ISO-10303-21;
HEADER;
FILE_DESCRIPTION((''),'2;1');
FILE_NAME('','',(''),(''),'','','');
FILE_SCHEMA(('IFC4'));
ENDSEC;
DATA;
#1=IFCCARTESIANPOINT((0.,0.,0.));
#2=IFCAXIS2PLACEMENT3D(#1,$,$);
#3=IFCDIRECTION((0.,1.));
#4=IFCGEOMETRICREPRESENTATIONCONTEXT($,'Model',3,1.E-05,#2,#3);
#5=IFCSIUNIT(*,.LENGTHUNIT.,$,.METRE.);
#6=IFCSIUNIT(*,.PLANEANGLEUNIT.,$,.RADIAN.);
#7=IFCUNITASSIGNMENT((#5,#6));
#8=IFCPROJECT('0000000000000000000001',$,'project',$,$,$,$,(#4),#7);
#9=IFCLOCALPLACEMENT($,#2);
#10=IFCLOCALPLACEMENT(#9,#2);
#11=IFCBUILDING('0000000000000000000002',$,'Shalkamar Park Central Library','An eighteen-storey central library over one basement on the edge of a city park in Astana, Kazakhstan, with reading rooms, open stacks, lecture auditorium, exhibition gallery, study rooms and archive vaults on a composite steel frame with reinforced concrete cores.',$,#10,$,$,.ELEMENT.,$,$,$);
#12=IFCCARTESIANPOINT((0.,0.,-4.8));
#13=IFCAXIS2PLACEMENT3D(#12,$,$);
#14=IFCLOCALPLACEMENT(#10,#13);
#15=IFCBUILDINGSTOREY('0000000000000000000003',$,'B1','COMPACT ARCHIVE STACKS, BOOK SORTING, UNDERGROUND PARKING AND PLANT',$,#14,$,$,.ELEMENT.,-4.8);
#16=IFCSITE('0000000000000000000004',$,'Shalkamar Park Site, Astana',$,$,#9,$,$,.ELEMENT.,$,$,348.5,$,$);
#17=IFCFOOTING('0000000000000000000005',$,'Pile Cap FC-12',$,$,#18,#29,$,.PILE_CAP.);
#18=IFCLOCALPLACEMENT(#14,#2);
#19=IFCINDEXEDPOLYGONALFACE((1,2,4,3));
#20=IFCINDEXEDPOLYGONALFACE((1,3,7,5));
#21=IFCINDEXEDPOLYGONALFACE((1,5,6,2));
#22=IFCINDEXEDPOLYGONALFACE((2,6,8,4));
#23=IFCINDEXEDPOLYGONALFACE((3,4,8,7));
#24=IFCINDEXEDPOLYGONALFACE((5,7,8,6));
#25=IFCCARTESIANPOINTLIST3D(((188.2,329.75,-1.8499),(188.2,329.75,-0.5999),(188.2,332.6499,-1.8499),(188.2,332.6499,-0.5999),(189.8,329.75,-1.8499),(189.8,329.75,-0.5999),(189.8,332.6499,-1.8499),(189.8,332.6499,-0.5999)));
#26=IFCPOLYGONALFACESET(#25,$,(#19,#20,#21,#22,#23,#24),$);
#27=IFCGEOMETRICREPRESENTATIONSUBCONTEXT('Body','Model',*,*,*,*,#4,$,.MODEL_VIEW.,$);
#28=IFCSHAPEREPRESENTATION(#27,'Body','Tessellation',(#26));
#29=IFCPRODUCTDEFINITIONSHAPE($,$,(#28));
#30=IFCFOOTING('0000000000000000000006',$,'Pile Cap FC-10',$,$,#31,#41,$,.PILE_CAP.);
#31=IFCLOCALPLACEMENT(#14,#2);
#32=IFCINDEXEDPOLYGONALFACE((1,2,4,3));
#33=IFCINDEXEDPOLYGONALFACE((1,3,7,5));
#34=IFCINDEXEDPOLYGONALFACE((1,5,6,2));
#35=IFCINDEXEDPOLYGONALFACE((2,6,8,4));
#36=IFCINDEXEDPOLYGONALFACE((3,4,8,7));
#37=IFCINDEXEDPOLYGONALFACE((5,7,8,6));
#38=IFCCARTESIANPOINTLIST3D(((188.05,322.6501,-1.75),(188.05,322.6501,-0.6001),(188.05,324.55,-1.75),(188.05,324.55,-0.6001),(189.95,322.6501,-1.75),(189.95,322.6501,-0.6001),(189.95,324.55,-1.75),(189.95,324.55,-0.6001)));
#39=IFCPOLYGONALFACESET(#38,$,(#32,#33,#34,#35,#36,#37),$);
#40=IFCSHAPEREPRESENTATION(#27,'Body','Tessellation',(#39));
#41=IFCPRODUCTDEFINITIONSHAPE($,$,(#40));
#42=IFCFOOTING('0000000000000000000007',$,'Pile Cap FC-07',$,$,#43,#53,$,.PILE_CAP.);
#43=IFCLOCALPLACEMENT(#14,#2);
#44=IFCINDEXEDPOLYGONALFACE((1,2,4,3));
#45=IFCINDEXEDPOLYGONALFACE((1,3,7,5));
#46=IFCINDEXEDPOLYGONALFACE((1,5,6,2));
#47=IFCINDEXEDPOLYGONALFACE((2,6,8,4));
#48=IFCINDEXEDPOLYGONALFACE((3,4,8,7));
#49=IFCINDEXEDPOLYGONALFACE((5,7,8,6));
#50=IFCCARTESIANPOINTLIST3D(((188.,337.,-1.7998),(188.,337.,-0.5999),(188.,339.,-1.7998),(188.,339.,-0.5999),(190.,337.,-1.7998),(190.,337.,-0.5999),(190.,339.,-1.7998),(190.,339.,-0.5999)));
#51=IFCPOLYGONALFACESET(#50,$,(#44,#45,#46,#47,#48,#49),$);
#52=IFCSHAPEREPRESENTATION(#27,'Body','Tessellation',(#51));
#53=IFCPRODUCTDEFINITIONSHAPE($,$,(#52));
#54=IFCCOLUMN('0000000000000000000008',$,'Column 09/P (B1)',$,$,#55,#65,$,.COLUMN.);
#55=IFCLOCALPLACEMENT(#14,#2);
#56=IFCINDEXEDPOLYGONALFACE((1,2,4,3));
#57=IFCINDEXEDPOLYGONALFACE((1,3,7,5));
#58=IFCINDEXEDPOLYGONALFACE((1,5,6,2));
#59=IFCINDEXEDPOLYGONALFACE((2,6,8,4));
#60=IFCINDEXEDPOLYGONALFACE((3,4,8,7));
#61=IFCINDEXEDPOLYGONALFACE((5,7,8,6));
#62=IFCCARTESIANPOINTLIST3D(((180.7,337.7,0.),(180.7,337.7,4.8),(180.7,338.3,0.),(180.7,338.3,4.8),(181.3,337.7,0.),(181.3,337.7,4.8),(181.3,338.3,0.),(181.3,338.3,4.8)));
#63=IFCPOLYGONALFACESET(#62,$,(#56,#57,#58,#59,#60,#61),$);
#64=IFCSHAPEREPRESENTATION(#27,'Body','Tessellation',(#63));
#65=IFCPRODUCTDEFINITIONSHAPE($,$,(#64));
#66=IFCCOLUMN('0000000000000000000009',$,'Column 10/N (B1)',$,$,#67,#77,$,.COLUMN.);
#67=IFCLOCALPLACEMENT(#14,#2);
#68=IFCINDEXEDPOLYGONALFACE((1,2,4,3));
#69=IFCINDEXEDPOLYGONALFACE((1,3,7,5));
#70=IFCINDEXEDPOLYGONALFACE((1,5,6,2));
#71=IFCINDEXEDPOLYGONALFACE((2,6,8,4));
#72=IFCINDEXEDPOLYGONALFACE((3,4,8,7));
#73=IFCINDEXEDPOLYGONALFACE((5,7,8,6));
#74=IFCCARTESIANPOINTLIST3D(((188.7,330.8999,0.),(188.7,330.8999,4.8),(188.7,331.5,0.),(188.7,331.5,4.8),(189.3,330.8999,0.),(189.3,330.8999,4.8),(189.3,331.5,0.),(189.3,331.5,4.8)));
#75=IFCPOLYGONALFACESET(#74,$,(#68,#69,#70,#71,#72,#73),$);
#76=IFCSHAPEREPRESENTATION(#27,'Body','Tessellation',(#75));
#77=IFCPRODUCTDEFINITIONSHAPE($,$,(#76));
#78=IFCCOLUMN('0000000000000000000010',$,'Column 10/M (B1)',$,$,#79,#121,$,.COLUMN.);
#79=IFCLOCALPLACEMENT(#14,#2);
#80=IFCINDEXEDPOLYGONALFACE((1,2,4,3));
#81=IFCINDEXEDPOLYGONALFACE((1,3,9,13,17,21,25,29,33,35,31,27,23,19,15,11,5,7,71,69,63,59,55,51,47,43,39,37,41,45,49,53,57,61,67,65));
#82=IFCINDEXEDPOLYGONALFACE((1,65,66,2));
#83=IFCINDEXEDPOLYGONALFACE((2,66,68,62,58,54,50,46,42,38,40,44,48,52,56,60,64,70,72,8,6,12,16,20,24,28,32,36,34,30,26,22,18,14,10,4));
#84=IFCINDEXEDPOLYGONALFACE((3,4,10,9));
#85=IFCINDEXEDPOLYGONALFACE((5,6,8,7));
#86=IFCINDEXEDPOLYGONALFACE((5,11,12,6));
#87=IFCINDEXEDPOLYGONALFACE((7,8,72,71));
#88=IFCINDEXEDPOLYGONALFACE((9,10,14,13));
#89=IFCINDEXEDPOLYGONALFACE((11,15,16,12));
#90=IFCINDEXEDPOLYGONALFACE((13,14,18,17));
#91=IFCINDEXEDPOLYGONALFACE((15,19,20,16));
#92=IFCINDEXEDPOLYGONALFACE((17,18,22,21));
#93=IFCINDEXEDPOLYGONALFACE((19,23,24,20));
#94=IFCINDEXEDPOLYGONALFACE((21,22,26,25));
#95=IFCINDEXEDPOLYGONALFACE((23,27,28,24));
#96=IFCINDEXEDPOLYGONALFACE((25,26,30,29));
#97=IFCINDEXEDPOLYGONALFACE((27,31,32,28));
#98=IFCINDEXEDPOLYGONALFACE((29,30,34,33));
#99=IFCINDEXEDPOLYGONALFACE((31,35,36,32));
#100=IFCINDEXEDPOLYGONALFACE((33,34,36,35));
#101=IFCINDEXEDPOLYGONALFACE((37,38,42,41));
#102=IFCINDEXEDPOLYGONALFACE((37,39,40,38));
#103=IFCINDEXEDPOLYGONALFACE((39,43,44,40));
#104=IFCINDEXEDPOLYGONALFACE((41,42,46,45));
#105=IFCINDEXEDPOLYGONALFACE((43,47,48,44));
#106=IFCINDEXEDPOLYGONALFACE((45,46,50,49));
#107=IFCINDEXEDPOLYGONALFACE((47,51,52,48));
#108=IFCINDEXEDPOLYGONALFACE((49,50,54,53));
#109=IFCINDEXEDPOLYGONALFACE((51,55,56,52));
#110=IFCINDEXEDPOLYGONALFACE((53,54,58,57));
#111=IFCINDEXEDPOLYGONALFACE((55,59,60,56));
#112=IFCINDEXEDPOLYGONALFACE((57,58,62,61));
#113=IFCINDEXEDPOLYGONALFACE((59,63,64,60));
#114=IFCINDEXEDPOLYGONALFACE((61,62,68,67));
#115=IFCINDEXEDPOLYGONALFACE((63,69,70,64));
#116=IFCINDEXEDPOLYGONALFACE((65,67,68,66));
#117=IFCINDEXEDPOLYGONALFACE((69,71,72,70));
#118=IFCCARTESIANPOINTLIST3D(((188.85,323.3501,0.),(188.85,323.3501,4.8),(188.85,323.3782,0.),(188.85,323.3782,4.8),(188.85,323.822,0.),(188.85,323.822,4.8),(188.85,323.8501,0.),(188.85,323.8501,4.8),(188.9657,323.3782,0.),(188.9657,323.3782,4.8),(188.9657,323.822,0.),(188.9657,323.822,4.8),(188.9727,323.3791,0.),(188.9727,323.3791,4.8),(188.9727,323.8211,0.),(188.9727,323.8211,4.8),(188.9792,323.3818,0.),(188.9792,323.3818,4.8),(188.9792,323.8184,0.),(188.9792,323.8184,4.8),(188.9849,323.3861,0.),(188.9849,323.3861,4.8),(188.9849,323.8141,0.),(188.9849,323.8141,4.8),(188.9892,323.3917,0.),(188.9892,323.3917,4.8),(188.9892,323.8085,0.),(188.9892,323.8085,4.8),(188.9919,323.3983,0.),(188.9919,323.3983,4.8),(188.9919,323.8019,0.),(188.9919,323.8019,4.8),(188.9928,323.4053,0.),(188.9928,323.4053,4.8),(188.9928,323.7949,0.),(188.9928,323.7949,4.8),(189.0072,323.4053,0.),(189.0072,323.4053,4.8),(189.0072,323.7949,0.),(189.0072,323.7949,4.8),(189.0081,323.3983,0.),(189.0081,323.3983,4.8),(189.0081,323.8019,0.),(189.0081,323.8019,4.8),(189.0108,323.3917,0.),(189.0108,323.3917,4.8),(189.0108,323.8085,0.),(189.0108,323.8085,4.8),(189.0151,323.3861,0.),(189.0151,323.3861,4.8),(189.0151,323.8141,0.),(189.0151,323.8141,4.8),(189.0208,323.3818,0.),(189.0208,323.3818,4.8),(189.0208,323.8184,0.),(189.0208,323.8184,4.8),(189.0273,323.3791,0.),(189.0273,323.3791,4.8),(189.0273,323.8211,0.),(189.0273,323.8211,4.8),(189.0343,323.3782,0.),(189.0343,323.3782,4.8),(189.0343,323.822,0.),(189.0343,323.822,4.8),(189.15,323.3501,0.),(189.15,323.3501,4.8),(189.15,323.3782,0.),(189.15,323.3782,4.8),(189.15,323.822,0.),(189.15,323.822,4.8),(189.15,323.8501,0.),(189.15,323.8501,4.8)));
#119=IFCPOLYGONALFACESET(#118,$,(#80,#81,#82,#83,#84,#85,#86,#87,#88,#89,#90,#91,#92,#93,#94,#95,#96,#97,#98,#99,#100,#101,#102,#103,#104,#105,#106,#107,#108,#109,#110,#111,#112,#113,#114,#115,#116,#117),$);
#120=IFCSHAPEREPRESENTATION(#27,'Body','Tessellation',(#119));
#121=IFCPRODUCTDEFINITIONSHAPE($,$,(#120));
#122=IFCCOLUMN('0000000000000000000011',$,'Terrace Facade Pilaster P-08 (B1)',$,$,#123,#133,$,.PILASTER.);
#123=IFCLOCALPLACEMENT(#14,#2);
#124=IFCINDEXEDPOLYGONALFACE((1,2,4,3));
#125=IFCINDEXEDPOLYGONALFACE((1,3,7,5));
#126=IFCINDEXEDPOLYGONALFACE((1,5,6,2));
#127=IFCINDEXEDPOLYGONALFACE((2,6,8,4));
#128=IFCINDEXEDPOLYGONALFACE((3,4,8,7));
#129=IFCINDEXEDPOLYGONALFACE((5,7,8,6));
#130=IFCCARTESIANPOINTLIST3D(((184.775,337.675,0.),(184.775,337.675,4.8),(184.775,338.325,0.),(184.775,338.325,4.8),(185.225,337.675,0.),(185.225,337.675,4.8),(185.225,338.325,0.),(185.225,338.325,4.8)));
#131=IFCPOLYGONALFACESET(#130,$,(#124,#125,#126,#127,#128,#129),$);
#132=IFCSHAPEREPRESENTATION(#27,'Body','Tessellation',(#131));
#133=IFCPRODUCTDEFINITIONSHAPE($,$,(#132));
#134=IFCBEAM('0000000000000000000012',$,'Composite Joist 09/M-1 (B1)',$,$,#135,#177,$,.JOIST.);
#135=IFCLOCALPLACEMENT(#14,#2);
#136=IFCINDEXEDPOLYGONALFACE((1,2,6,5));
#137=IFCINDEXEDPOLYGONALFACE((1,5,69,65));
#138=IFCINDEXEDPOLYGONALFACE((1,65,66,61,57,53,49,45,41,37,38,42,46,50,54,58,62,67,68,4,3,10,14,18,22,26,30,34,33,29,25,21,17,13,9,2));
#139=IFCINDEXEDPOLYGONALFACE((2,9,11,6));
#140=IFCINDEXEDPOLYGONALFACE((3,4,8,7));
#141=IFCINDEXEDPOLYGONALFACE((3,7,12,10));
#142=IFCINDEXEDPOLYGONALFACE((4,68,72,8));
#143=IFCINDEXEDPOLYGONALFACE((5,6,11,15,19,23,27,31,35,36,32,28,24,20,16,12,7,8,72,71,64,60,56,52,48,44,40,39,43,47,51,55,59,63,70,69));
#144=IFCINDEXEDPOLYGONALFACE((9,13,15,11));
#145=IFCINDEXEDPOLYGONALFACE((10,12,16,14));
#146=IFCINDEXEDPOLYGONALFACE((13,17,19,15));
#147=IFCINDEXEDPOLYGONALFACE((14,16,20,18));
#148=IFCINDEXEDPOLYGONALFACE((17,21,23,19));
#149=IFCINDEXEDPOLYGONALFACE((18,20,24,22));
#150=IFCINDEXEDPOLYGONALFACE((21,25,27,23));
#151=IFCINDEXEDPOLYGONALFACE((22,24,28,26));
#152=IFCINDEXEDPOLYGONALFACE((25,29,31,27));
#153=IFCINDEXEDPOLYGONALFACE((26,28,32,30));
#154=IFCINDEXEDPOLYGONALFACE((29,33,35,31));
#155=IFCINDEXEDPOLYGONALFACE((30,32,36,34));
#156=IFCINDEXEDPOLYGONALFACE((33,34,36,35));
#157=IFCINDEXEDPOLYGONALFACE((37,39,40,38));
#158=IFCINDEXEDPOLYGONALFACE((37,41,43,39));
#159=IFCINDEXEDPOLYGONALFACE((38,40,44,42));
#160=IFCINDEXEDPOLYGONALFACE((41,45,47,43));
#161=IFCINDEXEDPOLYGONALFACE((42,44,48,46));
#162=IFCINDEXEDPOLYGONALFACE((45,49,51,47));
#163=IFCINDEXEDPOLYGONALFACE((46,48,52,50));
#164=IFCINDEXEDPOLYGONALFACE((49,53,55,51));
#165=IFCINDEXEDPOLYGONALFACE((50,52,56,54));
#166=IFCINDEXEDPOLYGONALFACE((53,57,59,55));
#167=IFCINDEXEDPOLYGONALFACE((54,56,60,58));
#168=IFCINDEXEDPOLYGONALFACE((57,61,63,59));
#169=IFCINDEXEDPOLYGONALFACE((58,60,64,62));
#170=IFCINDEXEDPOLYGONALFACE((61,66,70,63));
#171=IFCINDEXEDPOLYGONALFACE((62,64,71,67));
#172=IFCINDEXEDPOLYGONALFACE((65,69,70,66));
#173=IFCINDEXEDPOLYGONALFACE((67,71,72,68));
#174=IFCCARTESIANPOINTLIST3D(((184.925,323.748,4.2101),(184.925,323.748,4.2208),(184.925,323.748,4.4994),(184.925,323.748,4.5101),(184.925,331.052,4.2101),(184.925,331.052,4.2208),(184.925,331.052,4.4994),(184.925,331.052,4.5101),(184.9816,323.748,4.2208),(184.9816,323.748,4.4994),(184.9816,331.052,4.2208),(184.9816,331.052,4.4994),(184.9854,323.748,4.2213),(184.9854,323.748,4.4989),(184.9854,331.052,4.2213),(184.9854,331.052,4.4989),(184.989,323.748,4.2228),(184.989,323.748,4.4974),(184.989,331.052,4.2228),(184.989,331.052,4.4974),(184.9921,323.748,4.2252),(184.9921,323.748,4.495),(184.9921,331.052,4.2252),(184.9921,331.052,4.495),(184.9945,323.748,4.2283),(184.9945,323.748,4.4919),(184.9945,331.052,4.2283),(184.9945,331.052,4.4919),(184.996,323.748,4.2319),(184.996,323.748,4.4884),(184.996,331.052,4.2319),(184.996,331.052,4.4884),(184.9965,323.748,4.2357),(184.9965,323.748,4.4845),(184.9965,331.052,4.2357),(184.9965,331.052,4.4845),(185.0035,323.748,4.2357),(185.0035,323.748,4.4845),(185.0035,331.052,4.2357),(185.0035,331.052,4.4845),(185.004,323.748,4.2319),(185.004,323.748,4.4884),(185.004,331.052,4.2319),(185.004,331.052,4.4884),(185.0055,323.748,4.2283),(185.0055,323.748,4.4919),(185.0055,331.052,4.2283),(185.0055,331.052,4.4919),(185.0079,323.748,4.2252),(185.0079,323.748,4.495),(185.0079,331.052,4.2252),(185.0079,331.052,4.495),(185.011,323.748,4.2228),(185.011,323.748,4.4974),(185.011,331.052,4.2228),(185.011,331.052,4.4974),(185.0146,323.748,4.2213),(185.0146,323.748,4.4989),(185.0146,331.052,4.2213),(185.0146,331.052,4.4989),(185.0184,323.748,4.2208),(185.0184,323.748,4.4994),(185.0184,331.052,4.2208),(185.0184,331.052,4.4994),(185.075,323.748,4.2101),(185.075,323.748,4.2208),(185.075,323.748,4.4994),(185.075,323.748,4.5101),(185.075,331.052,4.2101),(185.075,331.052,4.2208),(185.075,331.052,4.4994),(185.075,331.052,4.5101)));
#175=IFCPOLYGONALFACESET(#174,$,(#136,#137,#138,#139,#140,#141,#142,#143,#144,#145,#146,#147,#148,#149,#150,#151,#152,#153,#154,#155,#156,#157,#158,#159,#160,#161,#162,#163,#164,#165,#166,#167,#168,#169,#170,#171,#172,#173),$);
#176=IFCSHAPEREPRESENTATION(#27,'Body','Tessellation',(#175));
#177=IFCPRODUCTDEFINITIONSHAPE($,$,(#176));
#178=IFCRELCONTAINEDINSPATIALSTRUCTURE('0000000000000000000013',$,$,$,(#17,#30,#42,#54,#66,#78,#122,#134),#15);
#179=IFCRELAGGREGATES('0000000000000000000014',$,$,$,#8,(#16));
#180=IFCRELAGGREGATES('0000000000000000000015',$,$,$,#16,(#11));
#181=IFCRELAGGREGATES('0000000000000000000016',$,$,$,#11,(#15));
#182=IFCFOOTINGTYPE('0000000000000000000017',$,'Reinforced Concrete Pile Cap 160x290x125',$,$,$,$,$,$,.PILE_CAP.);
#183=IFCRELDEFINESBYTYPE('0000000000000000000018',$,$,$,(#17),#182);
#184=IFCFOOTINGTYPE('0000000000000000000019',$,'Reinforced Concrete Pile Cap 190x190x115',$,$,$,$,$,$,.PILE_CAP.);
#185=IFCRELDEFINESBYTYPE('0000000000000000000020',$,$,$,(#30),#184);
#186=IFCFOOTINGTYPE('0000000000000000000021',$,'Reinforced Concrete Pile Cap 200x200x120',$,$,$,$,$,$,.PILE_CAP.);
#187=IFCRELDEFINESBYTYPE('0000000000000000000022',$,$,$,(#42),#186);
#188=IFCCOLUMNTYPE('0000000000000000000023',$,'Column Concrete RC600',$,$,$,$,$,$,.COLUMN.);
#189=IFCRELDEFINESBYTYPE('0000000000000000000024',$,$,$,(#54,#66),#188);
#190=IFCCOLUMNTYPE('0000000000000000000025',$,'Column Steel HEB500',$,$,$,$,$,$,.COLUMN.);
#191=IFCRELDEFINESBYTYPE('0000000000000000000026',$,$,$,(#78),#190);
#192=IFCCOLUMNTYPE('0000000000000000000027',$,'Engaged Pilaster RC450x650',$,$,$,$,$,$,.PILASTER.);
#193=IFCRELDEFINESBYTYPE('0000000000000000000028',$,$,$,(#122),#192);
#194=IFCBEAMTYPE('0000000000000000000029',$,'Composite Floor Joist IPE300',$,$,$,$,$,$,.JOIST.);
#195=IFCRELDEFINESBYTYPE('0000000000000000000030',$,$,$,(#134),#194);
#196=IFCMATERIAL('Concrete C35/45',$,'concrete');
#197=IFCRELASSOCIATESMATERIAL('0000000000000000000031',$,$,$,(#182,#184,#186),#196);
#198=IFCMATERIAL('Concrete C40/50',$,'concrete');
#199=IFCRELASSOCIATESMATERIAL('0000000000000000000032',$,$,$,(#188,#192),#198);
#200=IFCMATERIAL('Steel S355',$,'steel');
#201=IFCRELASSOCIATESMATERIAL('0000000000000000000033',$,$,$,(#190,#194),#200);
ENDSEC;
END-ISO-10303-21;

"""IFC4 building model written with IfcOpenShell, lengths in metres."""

from ifc_helpers import new_model, si_unit, direction, frame, origin, origin_2d, place, context, subcontext, project, spatial, rectangle, i_section, extrude, material, material_profile, profile_set, type_object, element, save


model = new_model("IFC4")

# Units and contexts
model_context = context("Model", 3, precision=1e-05, world=origin(), true_north=direction((0.0, 1.0)))
body_context = subcontext(model_context, "Body", "Model", "MODEL_VIEW")
ifc_project = project(units=[si_unit("LENGTHUNIT", "METRE"), si_unit("PLANEANGLEUNIT", "RADIAN")], contexts=[model_context])

# Site, building, storey
site_placement = place(None, origin())
site = spatial("IfcSite", under=ifc_project, at=site_placement, Name="Shalkamar Park Site, Astana", CompositionType="ELEMENT", RefElevation=348.5)
building_placement = place(site_placement, origin())
building = spatial("IfcBuilding", under=site, at=building_placement, Name="Shalkamar Park Central Library", Description="An eighteen-storey central library over one basement on the edge of a city park in Astana, Kazakhstan, with reading rooms, open stacks, lecture auditorium, exhibition gallery, study rooms and archive vaults on a composite steel frame with reinforced concrete cores.", CompositionType="ELEMENT")
storey_placement = place(building_placement, frame((0.0, 0.0, -4.8)))
storey = spatial("IfcBuildingStorey", under=building, at=storey_placement, Name="B1", Description="COMPACT ARCHIVE STACKS, BOOK SORTING, UNDERGROUND PARKING AND PLANT", CompositionType="ELEMENT", Elevation=-4.8)

# Shared definitions
ifc_material_1 = material(Name="Concrete C35/45", Category="concrete")

# Footings
footing_type_1 = type_object("IfcFootingType", Name="Reinforced Concrete Pile Cap 160x290x125", PredefinedType="PILE_CAP", material=ifc_material_1)
for number, where, z_axis, x_axis, name in (
    (1, (189.0, 331.2, -1.8499), (0.0, 0.0, 1.0), (1.0, 0.0, 0.0), "Pile Cap FC-12"),
):
    element("IfcFooting", number, at=place(storey_placement, frame(where, z_axis=z_axis, x_axis=x_axis)), inside=storey, type_object=footing_type_1, Name=name, PredefinedType="PILE_CAP", context=body_context, shape_type="SweptSolid", body=[
        extrude(rectangle(XDim=1.6001, YDim=2.8999, at=origin_2d()), origin(), (0.0, 0.0, 1.0), 1.25),
    ])
footing_type_2 = type_object("IfcFootingType", Name="Reinforced Concrete Pile Cap 190x190x115", PredefinedType="PILE_CAP", material=ifc_material_1)
footing_1_placement = place(storey_placement, frame((189.0, 323.6001, -1.75), z_axis=(0.0, 0.0, 1.0), x_axis=(1.0, 0.0, 0.0)))
element("IfcFooting", 2, at=footing_1_placement, inside=storey, type_object=footing_type_2, Name="Pile Cap FC-10", PredefinedType="PILE_CAP", context=body_context, shape_type="SweptSolid", body=[
    extrude(rectangle(XDim=1.8999, YDim=1.8999, at=origin_2d()), origin(), (0.0, 0.0, 1.0), 1.1499),
])
footing_type_3 = type_object("IfcFootingType", Name="Reinforced Concrete Pile Cap 200x200x120", PredefinedType="PILE_CAP", material=ifc_material_1)
footing_2_placement = place(storey_placement, frame((189.0, 338.0, -1.7998), z_axis=(0.0, 0.0, 1.0), x_axis=(1.0, 0.0, 0.0)))
element("IfcFooting", 3, at=footing_2_placement, inside=storey, type_object=footing_type_3, Name="Pile Cap FC-07", PredefinedType="PILE_CAP", context=body_context, shape_type="SweptSolid", body=[
    extrude(rectangle(XDim=2.0, YDim=2.0, at=origin_2d()), origin(), (0.0, 0.0, 1.0), 1.2),
])

# Columns
ifc_material_2 = material(Name="Concrete C40/50", Category="concrete")
ifc_material_profile_1 = material_profile(ifc_material_2, rectangle(XDim=0.6001, YDim=0.6001, at=origin_2d()), Name="RC 600x600")
ifc_profile_set_1 = profile_set([ifc_material_profile_1], Name="Concrete C40/50")
column_type_1 = type_object("IfcColumnType", Name="Column Concrete RC600", PredefinedType="COLUMN", material=ifc_profile_set_1)
for number, where, z_axis, x_axis, name in (
    (4, (181.0, 338.0, 0.0), (0.0, 0.0, 1.0), (1.0, 0.0, 0.0), "Column 09/P (B1)"),
    (5, (189.0, 331.2, 0.0), (0.0, 0.0, 1.0), (1.0, 0.0, 0.0), "Column 10/N (B1)"),
):
    element("IfcColumn", number, at=place(storey_placement, frame(where, z_axis=z_axis, x_axis=x_axis)), inside=storey, type_object=column_type_1, Name=name, PredefinedType="COLUMN", context=body_context, shape_type="SweptSolid", body=[
        extrude(rectangle(XDim=0.6001, YDim=0.6001, at=origin_2d()), origin(), (0.0, 0.0, 1.0), 4.8),
    ])
ifc_material_3 = material(Name="Steel S355", Category="steel")
ifc_material_profile_2 = material_profile(ifc_material_3, i_section(OverallWidth=0.3, OverallDepth=0.5, WebThickness=0.0144, FlangeThickness=0.0281, FilletRadius=0.0271, at=origin_2d()), Name="HEB 500")
ifc_profile_set_2 = profile_set([ifc_material_profile_2], Name="Steel S355")
column_type_2 = type_object("IfcColumnType", Name="Column Steel HEB500", PredefinedType="COLUMN", material=ifc_profile_set_2)
column_1_placement = place(storey_placement, frame((189.0, 323.6001, 0.0), z_axis=(0.0, 0.0, 1.0), x_axis=(1.0, 0.0, 0.0)))
element("IfcColumn", 6, at=column_1_placement, inside=storey, type_object=column_type_2, Name="Column 10/M (B1)", PredefinedType="COLUMN", context=body_context, shape_type="SweptSolid", body=[
    extrude(i_section(OverallWidth=0.3, OverallDepth=0.5, WebThickness=0.0144, FlangeThickness=0.0281, FilletRadius=0.0271, at=origin_2d()), origin(), (0.0, 0.0, 1.0), 4.8),
])
ifc_material_profile_3 = material_profile(ifc_material_2, rectangle(XDim=0.45, YDim=0.6499, at=origin_2d()), Name="RC 450x650")
ifc_profile_set_3 = profile_set([ifc_material_profile_3], Name="Concrete C40/50")
column_type_3 = type_object("IfcColumnType", Name="Engaged Pilaster RC450x650", PredefinedType="PILASTER", material=ifc_profile_set_3)
column_2_placement = place(storey_placement, frame((185.0, 338.0, 0.0), z_axis=(0.0, 0.0, 1.0), x_axis=(1.0, 0.0, 0.0)))
element("IfcColumn", 7, at=column_2_placement, inside=storey, type_object=column_type_3, Name="Terrace Facade Pilaster P-08 (B1)", PredefinedType="PILASTER", context=body_context, shape_type="SweptSolid", body=[
    extrude(rectangle(XDim=0.45, YDim=0.6499, at=origin_2d()), origin(), (0.0, 0.0, 1.0), 4.8),
])

# Beam
ifc_material_profile_4 = material_profile(ifc_material_3, i_section(OverallWidth=0.1499, OverallDepth=0.3, WebThickness=0.0071, FlangeThickness=0.0107, FilletRadius=0.0149, at=origin_2d()), Name="IPE 300")
ifc_profile_set_4 = profile_set([ifc_material_profile_4], Name="Steel S355")
beam_type_1 = type_object("IfcBeamType", Name="Composite Floor Joist IPE300", PredefinedType="JOIST", material=ifc_profile_set_4)
beam_1_placement = place(storey_placement, frame((185.0, 323.748, 4.3601), z_axis=(0.0, 1.0, 0.0), x_axis=(-1.0, 0.0, 0.0)))
element("IfcBeam", 8, at=beam_1_placement, inside=storey, type_object=beam_type_1, Name="Composite Joist 09/M-1 (B1)", PredefinedType="JOIST", context=body_context, shape_type="SweptSolid", body=[
    extrude(i_section(OverallWidth=0.1499, OverallDepth=0.3, WebThickness=0.0071, FlangeThickness=0.0107, FilletRadius=0.0149, at=origin_2d()), origin(), (0.0, 0.0, 1.0), 7.304),
])

save(model, "model.ifc")
